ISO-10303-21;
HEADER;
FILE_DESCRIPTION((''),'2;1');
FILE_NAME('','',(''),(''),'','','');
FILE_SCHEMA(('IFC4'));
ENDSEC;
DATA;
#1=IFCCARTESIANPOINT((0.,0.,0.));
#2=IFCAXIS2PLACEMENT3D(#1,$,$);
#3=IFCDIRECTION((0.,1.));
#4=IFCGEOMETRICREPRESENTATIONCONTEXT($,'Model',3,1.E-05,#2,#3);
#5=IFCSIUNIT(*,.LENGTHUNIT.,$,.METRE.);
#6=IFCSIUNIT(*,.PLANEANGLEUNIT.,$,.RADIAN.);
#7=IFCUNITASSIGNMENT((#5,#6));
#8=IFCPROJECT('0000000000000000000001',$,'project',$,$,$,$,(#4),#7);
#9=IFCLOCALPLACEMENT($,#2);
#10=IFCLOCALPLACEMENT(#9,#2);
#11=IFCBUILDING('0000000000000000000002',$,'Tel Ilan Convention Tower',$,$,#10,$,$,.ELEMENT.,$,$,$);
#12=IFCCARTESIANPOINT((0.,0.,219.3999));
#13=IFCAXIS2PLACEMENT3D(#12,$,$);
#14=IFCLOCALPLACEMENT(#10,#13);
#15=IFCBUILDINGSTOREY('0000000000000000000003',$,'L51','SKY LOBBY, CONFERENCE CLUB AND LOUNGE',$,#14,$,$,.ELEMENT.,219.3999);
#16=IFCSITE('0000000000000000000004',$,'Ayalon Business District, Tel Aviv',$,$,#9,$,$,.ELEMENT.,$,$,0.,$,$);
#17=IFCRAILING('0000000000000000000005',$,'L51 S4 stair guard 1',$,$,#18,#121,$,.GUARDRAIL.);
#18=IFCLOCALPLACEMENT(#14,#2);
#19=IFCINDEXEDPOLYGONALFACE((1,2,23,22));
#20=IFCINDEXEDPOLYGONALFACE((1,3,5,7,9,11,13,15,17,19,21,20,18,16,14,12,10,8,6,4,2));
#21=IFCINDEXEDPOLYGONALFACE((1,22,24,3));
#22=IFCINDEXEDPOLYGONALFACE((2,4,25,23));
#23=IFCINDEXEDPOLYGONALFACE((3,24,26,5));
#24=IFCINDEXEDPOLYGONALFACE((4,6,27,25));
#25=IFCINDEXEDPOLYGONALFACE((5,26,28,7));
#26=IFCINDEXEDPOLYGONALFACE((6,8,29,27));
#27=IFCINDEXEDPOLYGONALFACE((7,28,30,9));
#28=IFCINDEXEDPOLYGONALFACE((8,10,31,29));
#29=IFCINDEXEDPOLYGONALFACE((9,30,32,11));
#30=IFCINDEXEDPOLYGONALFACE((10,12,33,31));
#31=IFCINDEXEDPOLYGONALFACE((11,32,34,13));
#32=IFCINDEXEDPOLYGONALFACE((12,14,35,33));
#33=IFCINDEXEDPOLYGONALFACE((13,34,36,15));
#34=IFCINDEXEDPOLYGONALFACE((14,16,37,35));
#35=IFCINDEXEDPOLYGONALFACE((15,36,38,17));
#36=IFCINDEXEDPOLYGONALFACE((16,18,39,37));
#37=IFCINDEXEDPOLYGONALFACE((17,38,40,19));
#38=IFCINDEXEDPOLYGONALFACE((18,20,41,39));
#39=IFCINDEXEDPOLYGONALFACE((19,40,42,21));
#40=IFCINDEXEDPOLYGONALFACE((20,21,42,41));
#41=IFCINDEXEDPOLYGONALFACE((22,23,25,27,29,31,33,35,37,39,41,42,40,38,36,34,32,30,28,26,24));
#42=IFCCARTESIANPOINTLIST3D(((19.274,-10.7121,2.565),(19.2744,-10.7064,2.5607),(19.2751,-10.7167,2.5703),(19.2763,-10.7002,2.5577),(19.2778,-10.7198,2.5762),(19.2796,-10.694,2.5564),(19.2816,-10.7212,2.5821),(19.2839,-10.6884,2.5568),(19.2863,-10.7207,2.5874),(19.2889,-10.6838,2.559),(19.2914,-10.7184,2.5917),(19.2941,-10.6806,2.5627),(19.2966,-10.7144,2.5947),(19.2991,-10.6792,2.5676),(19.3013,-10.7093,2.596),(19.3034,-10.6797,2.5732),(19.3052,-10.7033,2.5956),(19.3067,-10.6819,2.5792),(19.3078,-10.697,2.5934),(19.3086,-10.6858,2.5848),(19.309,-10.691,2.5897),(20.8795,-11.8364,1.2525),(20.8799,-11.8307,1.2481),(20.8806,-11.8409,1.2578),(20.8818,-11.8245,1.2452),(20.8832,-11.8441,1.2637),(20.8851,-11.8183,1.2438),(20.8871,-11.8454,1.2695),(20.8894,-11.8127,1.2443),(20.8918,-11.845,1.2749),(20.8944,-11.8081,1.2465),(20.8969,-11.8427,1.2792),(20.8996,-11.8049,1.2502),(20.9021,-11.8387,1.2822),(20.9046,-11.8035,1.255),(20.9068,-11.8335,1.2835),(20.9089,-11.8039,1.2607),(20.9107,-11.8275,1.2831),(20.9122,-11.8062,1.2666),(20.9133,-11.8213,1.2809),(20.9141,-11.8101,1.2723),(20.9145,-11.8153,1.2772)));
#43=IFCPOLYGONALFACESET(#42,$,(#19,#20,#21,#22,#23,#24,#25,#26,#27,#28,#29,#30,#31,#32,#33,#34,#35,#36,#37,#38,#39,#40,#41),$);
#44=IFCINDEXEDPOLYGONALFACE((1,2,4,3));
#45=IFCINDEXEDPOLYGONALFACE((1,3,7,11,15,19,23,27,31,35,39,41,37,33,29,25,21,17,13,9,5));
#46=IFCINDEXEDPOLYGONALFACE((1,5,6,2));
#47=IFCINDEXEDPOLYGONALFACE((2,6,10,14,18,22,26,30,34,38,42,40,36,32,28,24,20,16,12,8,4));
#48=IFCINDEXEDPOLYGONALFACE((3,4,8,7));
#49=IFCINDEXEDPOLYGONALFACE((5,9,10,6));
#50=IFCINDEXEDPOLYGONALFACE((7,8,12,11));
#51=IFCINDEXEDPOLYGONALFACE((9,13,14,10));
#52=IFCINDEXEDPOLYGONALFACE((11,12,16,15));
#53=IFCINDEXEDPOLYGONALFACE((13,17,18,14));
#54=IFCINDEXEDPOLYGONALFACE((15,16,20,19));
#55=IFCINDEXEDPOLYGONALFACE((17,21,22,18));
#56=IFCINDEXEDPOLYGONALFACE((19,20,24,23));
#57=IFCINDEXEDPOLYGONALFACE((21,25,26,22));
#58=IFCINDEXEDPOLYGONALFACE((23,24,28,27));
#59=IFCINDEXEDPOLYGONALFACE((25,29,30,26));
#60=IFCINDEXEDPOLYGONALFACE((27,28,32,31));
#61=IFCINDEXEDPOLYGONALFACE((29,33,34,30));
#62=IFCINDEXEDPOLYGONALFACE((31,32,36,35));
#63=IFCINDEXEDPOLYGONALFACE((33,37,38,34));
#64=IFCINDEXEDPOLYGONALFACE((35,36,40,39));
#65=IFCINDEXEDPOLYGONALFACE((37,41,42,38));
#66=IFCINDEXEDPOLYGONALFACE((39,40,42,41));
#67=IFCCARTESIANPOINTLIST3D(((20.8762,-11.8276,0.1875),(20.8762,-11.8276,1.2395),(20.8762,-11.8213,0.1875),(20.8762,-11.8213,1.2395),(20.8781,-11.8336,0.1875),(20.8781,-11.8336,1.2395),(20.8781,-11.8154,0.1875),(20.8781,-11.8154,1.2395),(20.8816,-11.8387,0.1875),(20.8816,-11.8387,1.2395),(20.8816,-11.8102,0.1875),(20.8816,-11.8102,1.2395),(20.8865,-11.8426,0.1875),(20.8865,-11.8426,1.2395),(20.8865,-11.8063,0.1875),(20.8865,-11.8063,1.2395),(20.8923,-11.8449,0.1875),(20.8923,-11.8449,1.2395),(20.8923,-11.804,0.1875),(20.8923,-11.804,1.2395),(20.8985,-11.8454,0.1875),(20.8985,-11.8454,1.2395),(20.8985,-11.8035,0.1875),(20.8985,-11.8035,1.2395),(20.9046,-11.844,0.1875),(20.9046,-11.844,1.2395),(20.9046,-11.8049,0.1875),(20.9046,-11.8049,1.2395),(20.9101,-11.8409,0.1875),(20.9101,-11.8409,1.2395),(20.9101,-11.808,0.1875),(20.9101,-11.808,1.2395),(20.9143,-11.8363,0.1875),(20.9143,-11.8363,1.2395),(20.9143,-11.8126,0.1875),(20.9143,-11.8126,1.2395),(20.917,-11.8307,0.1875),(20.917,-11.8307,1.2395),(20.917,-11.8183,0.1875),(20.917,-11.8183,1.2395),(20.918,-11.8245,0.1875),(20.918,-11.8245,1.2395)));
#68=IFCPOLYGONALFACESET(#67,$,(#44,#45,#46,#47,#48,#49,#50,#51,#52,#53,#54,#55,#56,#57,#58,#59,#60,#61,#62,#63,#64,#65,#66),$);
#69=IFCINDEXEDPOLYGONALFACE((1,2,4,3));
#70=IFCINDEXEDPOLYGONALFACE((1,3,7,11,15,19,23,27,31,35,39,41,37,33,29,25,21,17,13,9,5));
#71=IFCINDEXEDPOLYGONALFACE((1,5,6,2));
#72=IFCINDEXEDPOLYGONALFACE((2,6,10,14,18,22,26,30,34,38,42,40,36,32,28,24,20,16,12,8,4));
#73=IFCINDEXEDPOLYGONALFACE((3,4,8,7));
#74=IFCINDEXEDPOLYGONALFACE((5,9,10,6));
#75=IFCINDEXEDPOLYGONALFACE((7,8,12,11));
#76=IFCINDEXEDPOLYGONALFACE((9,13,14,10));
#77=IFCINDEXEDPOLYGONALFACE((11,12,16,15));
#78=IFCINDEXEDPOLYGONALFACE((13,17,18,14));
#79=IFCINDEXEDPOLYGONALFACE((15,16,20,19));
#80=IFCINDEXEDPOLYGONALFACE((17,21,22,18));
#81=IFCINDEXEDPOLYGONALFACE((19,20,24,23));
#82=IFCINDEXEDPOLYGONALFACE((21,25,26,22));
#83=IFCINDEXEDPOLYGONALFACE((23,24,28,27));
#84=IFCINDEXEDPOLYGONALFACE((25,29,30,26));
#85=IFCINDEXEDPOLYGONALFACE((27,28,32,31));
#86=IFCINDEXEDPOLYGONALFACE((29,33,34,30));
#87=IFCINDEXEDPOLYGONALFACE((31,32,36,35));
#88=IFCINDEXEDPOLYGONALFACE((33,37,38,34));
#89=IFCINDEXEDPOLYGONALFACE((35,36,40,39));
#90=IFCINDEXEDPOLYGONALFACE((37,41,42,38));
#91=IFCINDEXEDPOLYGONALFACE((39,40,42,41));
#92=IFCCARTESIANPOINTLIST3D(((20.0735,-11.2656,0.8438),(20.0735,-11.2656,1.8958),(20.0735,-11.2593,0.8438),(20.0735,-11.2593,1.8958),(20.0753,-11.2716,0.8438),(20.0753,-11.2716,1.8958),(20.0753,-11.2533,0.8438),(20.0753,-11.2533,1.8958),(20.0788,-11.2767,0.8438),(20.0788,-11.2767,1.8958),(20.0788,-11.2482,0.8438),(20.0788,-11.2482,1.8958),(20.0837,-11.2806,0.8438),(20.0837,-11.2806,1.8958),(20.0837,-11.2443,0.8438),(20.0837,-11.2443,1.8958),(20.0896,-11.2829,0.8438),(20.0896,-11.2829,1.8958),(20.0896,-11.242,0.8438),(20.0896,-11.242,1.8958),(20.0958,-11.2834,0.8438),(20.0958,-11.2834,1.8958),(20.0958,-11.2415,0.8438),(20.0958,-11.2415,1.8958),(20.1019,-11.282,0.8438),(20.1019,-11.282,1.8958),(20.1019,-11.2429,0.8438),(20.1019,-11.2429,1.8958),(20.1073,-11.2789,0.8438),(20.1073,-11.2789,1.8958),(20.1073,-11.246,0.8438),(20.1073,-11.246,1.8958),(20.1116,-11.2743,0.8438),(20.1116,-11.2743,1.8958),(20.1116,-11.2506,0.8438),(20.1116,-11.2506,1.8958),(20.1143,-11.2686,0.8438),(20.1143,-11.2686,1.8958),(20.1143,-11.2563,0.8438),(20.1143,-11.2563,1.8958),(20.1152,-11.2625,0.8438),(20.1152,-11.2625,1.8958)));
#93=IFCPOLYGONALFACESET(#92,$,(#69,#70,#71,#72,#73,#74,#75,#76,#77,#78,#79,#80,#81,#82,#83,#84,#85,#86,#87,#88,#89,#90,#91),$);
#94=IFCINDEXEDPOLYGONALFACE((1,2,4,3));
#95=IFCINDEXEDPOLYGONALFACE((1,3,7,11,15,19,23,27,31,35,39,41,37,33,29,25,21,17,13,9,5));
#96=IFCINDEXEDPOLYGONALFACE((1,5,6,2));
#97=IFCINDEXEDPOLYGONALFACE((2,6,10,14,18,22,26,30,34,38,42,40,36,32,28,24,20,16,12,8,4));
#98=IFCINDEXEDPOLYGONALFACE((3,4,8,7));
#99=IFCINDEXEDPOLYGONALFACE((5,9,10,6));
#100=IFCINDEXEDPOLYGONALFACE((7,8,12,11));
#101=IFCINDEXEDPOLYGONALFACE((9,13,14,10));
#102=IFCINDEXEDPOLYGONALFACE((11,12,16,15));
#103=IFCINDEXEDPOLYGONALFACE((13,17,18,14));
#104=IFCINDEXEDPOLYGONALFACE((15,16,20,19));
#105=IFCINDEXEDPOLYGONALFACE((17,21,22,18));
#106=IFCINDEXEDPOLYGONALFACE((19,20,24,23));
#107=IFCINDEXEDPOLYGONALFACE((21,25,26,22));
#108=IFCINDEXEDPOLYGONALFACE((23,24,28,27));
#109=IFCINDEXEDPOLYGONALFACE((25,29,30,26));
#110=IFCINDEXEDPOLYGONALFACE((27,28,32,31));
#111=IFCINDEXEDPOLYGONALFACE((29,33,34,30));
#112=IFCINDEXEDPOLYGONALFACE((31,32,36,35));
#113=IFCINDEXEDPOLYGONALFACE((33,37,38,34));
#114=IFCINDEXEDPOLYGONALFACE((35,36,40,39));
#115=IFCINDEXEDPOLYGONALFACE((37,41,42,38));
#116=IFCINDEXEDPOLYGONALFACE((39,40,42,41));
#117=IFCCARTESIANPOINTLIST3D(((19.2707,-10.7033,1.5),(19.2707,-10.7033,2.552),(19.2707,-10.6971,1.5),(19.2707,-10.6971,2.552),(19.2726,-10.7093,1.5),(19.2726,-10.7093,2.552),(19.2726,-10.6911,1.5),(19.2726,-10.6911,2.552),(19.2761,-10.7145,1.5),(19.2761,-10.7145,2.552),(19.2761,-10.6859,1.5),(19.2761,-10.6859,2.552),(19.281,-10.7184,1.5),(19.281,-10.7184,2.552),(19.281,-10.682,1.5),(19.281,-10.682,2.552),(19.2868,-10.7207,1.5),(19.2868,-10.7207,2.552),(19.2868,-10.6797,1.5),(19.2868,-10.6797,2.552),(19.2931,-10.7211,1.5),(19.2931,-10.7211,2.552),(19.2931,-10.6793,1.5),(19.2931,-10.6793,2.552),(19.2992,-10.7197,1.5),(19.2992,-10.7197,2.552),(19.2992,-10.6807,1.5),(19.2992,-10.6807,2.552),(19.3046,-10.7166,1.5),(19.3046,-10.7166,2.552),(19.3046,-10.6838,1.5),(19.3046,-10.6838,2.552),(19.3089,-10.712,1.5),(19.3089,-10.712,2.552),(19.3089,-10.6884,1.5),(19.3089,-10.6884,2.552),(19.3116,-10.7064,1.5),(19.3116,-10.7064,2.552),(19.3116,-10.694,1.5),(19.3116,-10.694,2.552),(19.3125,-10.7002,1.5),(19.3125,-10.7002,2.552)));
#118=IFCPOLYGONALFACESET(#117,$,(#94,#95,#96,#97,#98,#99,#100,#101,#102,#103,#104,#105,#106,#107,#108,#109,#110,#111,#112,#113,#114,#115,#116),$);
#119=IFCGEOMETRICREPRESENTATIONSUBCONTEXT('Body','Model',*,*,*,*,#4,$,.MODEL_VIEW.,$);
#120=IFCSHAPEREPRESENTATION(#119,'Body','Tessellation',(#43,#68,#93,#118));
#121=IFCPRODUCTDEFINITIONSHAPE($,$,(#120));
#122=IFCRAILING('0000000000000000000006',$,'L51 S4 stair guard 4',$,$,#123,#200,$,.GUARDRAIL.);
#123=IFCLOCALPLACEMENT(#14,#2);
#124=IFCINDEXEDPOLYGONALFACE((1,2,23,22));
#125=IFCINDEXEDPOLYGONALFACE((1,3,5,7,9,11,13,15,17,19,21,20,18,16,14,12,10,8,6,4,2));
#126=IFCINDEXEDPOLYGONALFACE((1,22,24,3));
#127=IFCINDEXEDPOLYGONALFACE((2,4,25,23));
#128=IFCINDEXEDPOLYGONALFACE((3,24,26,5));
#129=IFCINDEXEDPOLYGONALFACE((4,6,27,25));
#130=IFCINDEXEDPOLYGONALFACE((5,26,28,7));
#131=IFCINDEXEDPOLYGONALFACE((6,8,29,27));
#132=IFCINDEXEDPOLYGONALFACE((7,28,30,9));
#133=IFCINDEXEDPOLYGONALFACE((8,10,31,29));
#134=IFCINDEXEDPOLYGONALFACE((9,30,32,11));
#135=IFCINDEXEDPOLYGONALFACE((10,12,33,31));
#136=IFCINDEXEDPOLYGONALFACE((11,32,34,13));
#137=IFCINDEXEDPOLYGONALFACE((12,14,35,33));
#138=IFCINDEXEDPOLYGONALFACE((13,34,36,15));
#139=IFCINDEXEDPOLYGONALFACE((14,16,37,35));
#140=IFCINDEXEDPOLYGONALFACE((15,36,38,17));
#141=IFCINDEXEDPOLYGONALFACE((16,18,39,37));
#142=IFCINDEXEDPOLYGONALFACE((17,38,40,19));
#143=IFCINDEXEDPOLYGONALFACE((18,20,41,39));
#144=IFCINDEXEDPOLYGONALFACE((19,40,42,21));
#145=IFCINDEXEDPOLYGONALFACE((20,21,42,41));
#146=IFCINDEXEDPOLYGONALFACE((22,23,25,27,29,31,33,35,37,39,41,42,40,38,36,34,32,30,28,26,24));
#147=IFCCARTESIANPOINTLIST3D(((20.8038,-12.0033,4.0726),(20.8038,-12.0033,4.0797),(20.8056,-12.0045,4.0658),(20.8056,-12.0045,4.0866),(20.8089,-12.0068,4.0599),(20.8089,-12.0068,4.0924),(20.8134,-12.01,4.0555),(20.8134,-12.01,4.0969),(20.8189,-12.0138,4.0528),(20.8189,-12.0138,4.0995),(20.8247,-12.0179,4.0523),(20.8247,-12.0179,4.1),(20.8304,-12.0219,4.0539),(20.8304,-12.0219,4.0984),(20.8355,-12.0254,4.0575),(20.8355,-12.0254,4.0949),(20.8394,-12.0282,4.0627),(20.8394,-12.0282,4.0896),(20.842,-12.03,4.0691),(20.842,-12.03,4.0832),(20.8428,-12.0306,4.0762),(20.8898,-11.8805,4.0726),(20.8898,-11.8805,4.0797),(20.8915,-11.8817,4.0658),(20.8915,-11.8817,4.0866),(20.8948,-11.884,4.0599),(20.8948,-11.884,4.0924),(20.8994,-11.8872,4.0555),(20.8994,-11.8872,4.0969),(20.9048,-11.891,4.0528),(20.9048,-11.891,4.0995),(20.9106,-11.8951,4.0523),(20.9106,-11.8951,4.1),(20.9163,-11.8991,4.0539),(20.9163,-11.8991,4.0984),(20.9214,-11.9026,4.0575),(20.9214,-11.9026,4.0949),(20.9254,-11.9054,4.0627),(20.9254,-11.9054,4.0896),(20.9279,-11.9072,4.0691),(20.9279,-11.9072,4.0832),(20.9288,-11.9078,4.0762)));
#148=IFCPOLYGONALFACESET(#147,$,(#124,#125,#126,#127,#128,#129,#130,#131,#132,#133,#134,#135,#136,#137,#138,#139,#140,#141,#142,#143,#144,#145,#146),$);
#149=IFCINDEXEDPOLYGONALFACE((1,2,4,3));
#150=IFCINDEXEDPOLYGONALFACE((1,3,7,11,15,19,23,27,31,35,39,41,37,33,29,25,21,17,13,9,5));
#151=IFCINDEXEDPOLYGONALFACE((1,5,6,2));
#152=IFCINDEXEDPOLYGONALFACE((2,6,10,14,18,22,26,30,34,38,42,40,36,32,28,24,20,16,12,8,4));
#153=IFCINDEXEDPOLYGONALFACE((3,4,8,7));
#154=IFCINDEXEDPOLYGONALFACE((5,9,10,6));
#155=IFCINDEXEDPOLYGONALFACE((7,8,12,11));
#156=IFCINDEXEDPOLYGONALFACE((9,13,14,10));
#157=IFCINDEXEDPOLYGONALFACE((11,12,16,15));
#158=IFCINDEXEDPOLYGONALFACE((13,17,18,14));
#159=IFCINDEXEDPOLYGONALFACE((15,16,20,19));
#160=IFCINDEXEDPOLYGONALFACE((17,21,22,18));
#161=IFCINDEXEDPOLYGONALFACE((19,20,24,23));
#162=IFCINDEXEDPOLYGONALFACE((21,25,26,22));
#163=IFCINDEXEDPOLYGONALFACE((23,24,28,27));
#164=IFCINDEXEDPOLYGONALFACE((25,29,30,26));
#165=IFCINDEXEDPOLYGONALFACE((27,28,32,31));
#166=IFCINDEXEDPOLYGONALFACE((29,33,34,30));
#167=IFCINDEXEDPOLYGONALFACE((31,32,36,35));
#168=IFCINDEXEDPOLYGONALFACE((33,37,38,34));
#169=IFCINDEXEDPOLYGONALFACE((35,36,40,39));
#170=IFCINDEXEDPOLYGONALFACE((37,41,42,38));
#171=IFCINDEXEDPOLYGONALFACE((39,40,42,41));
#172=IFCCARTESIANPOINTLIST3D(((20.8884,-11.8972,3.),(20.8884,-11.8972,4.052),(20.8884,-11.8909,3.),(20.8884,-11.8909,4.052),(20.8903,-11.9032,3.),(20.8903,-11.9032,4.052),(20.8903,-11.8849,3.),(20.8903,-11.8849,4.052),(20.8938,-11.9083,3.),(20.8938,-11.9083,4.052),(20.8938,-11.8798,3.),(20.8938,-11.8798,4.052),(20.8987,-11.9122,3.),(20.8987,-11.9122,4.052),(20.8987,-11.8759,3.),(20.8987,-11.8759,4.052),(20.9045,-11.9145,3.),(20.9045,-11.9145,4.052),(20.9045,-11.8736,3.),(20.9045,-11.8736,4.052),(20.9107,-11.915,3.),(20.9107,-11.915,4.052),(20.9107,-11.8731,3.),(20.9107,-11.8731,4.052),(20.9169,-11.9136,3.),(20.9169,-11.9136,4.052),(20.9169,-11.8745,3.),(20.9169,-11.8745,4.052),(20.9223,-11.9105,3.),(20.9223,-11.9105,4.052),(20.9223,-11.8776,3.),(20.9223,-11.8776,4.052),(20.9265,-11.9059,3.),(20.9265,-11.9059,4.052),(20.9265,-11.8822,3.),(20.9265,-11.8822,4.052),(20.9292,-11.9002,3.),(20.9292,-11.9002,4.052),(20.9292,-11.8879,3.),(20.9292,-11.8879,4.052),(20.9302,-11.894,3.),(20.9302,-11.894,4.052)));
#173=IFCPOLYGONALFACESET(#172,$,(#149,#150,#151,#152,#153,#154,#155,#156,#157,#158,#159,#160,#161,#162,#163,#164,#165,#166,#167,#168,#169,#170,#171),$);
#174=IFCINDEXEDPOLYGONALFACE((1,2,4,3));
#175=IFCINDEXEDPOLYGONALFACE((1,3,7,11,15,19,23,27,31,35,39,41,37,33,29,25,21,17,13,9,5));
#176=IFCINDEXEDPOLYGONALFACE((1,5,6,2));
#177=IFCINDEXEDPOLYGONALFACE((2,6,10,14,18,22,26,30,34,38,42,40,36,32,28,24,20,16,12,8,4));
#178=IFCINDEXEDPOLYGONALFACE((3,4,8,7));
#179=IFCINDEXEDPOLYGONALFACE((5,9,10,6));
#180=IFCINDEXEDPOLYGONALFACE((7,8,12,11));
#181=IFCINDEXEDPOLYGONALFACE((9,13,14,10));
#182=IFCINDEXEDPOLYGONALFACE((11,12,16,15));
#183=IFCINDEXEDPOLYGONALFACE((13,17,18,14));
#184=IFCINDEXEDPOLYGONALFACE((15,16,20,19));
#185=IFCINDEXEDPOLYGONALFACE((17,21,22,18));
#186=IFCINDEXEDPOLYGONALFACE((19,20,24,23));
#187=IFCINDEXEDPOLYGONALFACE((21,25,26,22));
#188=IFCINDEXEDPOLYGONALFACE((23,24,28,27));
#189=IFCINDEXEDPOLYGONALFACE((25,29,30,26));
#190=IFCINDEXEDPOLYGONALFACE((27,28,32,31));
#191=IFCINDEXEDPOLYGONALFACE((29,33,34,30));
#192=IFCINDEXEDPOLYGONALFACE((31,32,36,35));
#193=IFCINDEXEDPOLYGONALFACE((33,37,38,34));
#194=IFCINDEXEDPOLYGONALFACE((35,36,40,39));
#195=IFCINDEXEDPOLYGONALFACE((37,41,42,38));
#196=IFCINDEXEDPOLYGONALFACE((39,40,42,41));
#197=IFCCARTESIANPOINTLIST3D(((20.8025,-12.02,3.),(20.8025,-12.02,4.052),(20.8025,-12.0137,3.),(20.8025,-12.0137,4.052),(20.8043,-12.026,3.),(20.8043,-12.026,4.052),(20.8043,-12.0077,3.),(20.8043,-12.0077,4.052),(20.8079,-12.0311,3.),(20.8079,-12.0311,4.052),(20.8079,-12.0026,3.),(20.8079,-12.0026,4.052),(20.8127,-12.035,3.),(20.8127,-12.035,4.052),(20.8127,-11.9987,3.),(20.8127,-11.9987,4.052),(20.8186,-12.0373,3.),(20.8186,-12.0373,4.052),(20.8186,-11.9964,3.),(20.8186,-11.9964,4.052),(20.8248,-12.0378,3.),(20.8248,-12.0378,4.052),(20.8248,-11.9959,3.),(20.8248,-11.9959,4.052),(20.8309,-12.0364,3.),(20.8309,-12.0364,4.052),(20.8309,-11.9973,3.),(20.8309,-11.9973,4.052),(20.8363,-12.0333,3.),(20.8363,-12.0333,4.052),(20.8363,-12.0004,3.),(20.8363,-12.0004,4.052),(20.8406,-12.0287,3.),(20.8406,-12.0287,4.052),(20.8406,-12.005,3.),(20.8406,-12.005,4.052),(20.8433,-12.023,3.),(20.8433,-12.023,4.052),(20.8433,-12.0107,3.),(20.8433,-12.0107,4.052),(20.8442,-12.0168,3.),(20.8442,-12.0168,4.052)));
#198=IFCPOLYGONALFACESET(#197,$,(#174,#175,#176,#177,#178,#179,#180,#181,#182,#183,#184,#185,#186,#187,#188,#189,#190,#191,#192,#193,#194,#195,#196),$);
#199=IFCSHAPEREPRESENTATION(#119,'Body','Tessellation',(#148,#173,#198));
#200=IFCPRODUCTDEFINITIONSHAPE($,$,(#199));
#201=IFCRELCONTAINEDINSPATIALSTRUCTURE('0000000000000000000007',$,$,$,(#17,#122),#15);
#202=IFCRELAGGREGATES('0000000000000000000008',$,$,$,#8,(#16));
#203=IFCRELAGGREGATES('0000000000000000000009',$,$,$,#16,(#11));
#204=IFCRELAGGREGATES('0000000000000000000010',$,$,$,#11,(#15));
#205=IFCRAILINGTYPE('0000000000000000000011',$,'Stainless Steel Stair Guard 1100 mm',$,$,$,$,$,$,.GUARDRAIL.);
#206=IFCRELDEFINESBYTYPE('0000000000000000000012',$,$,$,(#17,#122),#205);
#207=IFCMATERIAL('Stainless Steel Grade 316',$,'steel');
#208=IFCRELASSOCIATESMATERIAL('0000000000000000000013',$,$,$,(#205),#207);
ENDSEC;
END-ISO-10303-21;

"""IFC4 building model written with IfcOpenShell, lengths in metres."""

from ifc_helpers import new_model, si_unit, direction, frame, origin, origin_2d, place, context, subcontext, project, spatial, circle, extrude, material, type_object, element, save


model = new_model("IFC4")

# Units and contexts
model_context = context("Model", 3, precision=1e-05, world=origin(), true_north=direction((0.0, 1.0)))
body_context = subcontext(model_context, "Body", "Model", "MODEL_VIEW")
ifc_project = project(units=[si_unit("LENGTHUNIT", "METRE"), si_unit("PLANEANGLEUNIT", "RADIAN")], contexts=[model_context])

# Site, building, storey
site_placement = place(None, origin())
site = spatial("IfcSite", under=ifc_project, at=site_placement, Name="Ayalon Business District, Tel Aviv", CompositionType="ELEMENT", RefElevation=0.0)
building_placement = place(site_placement, origin())
building = spatial("IfcBuilding", under=site, at=building_placement, Name="Tel Ilan Convention Tower", CompositionType="ELEMENT")
storey_placement = place(building_placement, frame((0.0, 0.0, 219.3999)))
storey = spatial("IfcBuildingStorey", under=building, at=storey_placement, Name="L51", Description="SKY LOBBY, CONFERENCE CLUB AND LOUNGE", CompositionType="ELEMENT", Elevation=219.3999)

# Railings
ifc_material_1 = material(Name="Stainless Steel Grade 316", Category="steel")
railing_type_1 = type_object("IfcRailingType", Name="Stainless Steel Stair Guard 1100 mm", PredefinedType="GUARDRAIL", material=ifc_material_1)
railing_1_placement = place(storey_placement, frame((20.897, -11.8245, 0.1875)))
element("IfcRailing", 1, at=railing_1_placement, inside=storey, type_object=railing_type_1, Name="L51 S4 stair guard 1", PredefinedType="GUARDRAIL", context=body_context, shape_type="SweptSolid", body=[
    extrude(circle(Radius=0.0239, at=origin_2d()), frame((0.0, 0.0, 1.0762), z_axis=(-0.680616, 0.476617, 0.556416), x_axis=(-0.573613, -0.819127, 0.0)), (0.0, 0.0, 1.0), 2.3589),
    extrude(circle(Radius=0.021, at=origin_2d()), origin(), (0.0, 0.0, 1.0), 1.052),
    extrude(circle(Radius=0.021, at=origin_2d()), frame((-0.8027, 0.562, 0.6562)), (0.0, 0.0, 1.0), 1.052),
    extrude(circle(Radius=0.021, at=origin_2d()), frame((-1.6055, 1.1243, 1.3125)), (0.0, 0.0, 1.0), 1.052),
])
railing_2_placement = place(storey_placement, frame((20.9092, -11.894, 3.0)))
element("IfcRailing", 2, at=railing_2_placement, inside=storey, type_object=railing_type_1, Name="L51 S4 stair guard 4", PredefinedType="GUARDRAIL", context=body_context, shape_type="SweptSolid", body=[
    extrude(circle(Radius=0.0239, at=origin_2d()), frame((0.0, 0.0, 1.0762), z_axis=(-0.573353, -0.819308, 0.0), x_axis=(0.819308, -0.573353, 0.0)), (0.0, 0.0, 1.0), 0.1499),
    extrude(circle(Radius=0.021, at=origin_2d()), origin(), (0.0, 0.0, 1.0), 1.052),
    extrude(circle(Radius=0.021, at=origin_2d()), frame((-0.0859, -0.1228, 0.0)), (0.0, 0.0, 1.0), 1.052),
])

save(model, "model.ifc")
